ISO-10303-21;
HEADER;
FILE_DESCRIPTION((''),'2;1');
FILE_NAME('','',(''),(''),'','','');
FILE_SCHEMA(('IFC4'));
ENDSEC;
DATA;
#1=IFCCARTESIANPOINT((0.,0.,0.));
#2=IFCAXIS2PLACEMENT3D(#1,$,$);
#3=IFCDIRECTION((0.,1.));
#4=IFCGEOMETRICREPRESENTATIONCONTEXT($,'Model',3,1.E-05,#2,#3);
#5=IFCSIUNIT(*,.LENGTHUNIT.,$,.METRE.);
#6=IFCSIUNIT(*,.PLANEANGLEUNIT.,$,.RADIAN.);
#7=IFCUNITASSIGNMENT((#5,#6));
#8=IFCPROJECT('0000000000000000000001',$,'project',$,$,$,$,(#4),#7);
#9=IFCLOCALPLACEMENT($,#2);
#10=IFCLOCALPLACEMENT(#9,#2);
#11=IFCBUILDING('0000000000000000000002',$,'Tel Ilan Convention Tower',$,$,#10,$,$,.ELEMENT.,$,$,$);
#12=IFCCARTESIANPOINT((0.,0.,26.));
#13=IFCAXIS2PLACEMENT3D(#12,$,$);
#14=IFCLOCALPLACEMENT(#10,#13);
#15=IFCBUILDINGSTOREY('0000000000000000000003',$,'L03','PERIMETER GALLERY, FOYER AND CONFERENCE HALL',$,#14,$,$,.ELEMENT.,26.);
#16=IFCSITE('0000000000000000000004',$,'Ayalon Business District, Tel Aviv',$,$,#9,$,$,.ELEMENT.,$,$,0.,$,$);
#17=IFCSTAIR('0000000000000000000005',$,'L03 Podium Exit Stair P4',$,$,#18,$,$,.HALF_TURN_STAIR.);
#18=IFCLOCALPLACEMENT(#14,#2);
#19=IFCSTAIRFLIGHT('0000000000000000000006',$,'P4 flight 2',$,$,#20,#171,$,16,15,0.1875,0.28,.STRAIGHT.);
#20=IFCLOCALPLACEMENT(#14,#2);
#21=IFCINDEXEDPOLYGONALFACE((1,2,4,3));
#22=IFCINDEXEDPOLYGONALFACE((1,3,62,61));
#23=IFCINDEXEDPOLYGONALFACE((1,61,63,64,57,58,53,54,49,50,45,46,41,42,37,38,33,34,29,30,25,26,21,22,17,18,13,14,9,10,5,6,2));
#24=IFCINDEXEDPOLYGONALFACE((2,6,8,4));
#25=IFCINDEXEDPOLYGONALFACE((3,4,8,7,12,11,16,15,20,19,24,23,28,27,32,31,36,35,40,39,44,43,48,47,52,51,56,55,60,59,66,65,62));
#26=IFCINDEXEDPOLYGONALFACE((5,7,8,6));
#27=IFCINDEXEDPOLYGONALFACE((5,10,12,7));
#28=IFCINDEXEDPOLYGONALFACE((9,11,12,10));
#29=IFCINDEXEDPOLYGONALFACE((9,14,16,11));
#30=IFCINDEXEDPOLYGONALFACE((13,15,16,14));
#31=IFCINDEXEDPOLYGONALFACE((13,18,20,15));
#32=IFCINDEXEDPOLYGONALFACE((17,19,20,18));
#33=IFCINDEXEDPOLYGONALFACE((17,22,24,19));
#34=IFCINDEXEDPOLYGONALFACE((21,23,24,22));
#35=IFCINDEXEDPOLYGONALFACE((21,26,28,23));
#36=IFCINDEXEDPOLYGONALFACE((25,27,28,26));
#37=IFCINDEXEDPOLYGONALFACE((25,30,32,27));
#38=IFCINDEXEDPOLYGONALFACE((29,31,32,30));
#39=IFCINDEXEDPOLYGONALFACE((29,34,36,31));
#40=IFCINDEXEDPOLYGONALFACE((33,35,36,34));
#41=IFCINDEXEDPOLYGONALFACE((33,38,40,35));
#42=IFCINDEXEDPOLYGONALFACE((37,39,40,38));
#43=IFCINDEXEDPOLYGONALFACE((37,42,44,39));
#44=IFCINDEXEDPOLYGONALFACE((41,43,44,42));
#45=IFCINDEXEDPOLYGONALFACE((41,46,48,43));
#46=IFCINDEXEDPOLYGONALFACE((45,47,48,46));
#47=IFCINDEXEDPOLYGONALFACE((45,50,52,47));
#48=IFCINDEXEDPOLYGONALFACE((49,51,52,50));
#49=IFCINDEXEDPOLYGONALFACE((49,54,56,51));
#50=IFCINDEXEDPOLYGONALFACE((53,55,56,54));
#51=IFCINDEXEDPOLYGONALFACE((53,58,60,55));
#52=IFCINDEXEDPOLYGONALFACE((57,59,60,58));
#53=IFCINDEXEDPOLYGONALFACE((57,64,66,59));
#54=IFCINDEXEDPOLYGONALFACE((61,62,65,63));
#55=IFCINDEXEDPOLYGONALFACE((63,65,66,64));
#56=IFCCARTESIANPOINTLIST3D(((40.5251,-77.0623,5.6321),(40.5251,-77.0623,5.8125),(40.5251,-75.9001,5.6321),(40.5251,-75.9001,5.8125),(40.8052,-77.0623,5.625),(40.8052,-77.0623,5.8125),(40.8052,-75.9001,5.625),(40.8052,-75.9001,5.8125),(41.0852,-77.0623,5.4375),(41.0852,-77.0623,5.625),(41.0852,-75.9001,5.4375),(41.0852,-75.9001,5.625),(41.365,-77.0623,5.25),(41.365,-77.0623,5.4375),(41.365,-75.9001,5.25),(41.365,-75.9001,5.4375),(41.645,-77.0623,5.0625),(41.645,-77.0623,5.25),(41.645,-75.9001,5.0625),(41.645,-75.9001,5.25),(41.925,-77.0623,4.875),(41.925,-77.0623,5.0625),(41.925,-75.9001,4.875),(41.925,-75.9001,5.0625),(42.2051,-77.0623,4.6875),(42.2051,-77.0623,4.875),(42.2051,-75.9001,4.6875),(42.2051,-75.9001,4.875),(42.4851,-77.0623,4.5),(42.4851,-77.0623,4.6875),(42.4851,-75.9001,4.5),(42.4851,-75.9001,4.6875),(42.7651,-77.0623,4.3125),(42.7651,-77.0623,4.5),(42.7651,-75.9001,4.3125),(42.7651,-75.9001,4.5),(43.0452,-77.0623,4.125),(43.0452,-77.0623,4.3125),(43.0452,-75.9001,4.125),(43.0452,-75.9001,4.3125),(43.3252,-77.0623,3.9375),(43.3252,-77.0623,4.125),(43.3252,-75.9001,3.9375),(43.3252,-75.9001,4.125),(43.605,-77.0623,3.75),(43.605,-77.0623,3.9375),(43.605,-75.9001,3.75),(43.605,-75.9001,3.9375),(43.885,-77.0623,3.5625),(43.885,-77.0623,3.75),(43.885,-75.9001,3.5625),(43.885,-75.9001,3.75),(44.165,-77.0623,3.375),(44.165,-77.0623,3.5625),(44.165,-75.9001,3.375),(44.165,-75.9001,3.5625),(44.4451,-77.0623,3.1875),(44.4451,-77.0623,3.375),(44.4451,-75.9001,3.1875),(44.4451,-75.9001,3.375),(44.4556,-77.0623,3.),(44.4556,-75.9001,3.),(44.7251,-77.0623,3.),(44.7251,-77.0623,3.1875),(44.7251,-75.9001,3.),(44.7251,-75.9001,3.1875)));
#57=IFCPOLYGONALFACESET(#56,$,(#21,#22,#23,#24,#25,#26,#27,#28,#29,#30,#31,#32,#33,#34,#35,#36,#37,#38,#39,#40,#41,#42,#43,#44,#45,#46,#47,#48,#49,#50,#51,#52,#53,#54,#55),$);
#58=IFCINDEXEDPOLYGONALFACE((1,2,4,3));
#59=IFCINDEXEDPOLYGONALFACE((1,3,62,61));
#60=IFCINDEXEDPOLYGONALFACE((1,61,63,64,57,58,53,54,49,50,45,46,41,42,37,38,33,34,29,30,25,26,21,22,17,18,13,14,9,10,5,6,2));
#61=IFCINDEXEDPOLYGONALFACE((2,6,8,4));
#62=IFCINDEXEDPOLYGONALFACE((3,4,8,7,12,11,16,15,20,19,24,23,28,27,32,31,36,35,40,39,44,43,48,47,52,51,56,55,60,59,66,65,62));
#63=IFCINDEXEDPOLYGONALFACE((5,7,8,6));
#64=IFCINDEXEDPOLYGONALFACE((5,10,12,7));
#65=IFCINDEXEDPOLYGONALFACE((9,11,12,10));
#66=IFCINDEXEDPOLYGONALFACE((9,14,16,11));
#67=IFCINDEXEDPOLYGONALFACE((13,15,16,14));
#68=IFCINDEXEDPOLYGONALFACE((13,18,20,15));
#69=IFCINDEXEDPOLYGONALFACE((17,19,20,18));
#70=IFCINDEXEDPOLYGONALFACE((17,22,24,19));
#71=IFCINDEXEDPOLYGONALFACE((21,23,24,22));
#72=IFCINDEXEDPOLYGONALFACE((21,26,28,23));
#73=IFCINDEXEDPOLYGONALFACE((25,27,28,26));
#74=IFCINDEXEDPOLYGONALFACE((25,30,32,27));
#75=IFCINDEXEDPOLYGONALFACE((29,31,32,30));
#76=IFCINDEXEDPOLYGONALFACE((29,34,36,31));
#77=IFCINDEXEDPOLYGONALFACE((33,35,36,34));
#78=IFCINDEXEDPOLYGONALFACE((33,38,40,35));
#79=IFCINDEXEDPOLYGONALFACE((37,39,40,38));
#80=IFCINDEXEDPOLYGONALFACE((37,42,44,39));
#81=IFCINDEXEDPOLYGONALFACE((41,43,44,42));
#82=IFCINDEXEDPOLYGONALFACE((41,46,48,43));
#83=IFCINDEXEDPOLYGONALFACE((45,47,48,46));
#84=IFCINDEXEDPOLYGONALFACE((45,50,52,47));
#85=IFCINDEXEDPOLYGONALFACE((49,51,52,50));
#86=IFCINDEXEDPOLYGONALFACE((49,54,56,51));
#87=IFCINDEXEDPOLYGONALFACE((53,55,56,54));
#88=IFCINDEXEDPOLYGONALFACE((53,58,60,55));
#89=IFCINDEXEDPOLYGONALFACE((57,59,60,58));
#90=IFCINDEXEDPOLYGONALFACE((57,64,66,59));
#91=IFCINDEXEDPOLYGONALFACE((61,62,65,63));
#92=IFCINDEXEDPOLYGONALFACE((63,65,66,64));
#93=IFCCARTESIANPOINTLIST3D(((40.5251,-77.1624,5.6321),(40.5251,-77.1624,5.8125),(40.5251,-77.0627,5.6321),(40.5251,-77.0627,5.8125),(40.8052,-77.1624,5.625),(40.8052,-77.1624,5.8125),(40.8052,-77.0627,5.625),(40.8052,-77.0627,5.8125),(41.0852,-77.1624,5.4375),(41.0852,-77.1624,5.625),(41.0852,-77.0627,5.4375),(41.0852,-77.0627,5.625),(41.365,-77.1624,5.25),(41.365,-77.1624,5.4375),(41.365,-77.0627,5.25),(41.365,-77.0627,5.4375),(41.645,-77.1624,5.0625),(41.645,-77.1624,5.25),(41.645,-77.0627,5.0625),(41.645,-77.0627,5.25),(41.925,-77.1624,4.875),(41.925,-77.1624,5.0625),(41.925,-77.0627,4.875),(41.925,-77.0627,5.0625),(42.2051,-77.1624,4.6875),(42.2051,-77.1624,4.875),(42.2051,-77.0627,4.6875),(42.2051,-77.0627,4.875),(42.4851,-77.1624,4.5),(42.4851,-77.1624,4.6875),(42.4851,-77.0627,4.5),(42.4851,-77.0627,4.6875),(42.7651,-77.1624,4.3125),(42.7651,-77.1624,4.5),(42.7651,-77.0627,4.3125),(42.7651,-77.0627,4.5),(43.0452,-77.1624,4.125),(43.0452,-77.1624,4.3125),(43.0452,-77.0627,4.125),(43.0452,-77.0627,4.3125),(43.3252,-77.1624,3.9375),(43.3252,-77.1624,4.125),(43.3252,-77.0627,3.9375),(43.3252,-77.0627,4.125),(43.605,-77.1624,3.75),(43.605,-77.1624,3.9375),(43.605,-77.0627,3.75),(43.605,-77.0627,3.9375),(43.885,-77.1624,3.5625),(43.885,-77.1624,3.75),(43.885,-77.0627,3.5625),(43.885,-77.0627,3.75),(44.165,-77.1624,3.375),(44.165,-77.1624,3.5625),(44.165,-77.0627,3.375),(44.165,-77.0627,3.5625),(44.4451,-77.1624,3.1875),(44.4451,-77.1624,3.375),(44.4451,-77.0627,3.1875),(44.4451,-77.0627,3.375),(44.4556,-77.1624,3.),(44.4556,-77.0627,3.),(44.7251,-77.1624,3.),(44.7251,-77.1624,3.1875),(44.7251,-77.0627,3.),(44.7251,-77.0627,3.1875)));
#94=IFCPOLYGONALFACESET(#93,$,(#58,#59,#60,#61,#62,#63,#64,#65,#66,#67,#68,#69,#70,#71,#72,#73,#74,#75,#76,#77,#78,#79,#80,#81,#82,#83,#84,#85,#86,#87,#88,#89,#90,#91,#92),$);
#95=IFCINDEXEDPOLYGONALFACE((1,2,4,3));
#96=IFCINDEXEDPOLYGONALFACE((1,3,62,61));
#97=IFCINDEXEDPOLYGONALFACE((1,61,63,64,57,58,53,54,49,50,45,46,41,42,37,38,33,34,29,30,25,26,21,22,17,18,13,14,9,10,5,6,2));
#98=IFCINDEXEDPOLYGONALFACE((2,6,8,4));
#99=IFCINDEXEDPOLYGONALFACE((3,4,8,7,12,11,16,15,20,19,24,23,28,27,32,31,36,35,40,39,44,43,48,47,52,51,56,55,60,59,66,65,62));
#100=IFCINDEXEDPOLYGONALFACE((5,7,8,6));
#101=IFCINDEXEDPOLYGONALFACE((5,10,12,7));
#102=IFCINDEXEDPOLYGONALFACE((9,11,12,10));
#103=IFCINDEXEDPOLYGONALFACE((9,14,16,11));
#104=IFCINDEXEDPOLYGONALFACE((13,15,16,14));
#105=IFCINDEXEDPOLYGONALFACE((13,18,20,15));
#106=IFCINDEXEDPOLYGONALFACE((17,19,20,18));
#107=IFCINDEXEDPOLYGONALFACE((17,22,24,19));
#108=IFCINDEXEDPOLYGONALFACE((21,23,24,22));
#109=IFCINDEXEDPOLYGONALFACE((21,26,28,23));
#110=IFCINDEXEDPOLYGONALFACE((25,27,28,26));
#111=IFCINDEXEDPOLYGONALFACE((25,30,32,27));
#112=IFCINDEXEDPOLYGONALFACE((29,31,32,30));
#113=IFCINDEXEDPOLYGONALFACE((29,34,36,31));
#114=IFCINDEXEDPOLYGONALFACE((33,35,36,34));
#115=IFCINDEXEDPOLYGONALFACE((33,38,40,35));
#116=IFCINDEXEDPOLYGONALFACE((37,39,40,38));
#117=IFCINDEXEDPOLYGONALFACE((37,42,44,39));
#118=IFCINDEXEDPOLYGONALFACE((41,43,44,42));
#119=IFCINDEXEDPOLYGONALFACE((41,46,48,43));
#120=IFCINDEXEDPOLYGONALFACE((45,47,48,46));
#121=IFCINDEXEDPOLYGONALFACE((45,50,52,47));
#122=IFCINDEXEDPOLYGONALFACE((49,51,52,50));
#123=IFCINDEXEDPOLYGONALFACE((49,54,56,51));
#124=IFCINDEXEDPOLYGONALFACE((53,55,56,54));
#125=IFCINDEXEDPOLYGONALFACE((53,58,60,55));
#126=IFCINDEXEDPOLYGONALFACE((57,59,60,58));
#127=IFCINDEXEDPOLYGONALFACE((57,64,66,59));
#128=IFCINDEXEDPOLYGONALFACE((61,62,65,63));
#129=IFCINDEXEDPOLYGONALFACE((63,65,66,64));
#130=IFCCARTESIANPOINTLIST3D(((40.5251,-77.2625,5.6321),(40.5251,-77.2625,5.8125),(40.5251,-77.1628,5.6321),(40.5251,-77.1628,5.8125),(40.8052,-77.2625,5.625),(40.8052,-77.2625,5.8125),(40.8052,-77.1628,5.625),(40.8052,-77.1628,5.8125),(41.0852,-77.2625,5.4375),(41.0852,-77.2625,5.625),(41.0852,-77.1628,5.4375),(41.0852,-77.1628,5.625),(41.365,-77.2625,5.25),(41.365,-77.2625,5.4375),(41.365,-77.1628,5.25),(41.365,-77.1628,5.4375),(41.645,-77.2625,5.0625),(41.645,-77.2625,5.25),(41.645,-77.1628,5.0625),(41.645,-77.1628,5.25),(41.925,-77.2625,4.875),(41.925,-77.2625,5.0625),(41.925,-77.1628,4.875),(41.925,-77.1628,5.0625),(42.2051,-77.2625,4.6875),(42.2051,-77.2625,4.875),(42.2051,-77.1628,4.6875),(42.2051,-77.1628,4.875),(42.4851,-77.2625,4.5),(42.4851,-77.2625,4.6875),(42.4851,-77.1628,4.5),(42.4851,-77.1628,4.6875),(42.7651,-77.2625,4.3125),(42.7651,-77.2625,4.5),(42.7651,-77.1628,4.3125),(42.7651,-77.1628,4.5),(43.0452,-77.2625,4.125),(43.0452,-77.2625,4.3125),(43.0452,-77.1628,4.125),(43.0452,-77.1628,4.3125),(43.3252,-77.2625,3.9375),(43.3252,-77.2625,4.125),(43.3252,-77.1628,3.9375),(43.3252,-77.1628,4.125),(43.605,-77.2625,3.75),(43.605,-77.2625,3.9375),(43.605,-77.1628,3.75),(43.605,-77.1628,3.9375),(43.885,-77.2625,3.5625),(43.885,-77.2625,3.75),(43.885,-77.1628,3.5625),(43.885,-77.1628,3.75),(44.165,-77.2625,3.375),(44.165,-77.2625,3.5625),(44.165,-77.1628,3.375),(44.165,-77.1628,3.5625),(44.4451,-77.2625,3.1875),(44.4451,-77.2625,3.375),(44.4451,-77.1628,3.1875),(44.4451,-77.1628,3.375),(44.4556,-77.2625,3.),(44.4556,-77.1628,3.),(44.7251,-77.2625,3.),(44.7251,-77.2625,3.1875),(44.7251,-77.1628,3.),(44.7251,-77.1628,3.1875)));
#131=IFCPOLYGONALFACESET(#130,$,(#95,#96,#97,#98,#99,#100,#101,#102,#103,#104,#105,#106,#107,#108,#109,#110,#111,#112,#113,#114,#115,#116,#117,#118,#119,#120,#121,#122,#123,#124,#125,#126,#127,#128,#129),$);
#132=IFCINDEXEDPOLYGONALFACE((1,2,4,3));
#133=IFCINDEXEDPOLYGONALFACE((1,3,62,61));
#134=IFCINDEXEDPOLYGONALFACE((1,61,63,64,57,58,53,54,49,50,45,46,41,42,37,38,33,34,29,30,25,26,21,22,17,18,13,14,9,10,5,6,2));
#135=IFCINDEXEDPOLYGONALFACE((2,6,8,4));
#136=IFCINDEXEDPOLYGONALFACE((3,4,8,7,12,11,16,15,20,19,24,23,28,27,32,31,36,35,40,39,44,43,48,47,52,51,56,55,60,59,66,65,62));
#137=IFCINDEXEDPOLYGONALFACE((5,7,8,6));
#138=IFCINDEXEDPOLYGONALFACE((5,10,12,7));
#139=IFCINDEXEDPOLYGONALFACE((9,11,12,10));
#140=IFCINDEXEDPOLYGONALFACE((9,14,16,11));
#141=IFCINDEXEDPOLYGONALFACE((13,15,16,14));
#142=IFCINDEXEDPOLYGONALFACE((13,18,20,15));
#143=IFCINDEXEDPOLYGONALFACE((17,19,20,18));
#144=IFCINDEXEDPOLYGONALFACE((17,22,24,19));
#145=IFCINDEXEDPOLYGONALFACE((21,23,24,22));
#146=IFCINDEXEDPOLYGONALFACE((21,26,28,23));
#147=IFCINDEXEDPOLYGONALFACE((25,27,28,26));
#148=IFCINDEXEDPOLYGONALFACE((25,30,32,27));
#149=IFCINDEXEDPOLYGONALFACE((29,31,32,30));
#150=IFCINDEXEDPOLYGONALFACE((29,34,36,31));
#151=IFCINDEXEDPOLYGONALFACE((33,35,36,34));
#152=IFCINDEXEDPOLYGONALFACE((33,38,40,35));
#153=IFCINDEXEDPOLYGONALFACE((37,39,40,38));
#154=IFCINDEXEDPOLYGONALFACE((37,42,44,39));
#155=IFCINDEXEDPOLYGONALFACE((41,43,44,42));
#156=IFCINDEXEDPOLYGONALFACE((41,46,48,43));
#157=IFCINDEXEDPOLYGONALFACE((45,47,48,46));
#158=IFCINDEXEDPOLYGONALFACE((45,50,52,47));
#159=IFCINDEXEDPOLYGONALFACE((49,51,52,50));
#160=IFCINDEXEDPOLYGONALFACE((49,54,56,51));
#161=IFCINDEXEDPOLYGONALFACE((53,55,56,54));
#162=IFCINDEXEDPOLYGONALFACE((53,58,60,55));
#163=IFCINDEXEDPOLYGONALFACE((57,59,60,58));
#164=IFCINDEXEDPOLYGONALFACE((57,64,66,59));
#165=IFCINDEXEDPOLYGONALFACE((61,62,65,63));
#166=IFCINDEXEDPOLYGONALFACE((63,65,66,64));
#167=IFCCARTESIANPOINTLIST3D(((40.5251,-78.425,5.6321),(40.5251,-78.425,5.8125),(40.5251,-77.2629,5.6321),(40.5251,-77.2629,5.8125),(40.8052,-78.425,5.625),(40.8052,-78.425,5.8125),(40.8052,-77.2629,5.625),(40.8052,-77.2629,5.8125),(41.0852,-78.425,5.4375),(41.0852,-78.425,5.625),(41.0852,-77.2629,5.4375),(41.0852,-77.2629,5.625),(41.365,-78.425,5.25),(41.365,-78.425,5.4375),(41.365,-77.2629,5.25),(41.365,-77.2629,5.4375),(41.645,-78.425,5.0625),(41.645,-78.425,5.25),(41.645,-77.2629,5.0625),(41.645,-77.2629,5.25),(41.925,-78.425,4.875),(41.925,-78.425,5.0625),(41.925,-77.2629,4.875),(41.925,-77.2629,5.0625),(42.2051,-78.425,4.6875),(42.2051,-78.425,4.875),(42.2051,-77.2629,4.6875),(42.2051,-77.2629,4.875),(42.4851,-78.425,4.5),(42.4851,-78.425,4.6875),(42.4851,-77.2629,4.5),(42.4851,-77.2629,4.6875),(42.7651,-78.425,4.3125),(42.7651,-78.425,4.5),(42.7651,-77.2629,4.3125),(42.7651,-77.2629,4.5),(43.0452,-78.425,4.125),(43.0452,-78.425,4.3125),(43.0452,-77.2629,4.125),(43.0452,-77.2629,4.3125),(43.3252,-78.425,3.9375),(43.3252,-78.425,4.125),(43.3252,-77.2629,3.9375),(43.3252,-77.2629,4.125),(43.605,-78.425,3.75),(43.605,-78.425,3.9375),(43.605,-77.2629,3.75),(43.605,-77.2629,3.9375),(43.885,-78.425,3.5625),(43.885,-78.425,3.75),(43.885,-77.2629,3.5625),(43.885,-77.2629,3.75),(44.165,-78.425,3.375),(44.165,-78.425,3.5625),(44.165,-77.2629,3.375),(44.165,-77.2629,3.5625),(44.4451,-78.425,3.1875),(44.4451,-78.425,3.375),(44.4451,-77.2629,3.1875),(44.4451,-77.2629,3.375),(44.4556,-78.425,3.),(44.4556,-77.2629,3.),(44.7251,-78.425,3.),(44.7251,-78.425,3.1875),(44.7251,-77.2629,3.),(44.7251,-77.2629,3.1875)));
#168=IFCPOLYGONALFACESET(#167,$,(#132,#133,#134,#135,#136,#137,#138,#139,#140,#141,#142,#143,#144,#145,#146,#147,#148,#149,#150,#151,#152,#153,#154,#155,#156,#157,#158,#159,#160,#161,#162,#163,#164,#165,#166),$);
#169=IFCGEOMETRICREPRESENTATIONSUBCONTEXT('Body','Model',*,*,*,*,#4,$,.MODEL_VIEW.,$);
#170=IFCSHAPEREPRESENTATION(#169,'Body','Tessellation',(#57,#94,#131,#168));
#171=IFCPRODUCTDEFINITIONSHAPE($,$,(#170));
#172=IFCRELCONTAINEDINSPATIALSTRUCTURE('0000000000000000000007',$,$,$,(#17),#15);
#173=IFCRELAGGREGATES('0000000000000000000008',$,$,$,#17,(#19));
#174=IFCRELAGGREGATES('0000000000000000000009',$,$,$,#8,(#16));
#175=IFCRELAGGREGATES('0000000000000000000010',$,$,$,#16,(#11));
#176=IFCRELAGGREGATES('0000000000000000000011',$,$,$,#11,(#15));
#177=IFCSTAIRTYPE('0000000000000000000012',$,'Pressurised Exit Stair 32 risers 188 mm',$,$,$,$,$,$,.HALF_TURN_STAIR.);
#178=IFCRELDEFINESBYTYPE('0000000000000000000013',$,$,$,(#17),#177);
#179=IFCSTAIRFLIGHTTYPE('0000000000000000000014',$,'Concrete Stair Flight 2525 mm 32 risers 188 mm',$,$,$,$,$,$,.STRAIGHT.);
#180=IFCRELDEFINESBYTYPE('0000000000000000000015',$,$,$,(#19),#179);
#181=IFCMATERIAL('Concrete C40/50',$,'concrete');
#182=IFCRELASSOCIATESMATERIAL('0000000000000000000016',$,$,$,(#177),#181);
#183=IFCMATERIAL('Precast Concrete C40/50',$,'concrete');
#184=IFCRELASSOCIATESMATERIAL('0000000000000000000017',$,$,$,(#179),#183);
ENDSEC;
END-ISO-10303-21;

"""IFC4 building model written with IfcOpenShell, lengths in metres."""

from ifc_helpers import new_model, si_unit, direction, frame, origin, place, context, subcontext, project, spatial, polyline, outline, extrude, material, type_object, element, aggregate, save


model = new_model("IFC4")

# Units and contexts
model_context = context("Model", 3, precision=1e-05, world=origin(), true_north=direction((0.0, 1.0)))
body_context = subcontext(model_context, "Body", "Model", "MODEL_VIEW")
ifc_project = project(units=[si_unit("LENGTHUNIT", "METRE"), si_unit("PLANEANGLEUNIT", "RADIAN")], contexts=[model_context])

# Site, building, storey
site_placement = place(None, origin())
site = spatial("IfcSite", under=ifc_project, at=site_placement, Name="Ayalon Business District, Tel Aviv", CompositionType="ELEMENT", RefElevation=0.0)
building_placement = place(site_placement, origin())
building = spatial("IfcBuilding", under=site, at=building_placement, Name="Tel Ilan Convention Tower", CompositionType="ELEMENT")
storey_placement = place(building_placement, frame((0.0, 0.0, 26.0)))
storey = spatial("IfcBuildingStorey", under=building, at=storey_placement, Name="L03", Description="PERIMETER GALLERY, FOYER AND CONFERENCE HALL", CompositionType="ELEMENT", Elevation=26.0)

# Stair, stair flight
ifc_material_1 = material(Name="Concrete C40/50", Category="concrete")
stair_type = type_object("IfcStairType", Name="Pressurised Exit Stair 32 risers 188 mm", PredefinedType="HALF_TURN_STAIR", material=ifc_material_1)
stair_placement = place(storey_placement, origin())
stair = element("IfcStair", 1, at=stair_placement, inside=storey, type_object=stair_type, Name="L03 Podium Exit Stair P4", PredefinedType="HALF_TURN_STAIR")
ifc_material_2 = material(Name="Precast Concrete C40/50", Category="concrete")
stair_flight_type = type_object("IfcStairFlightType", Name="Concrete Stair Flight 2525 mm 32 risers 188 mm", PredefinedType="STRAIGHT", material=ifc_material_2)
stair_flight_1_placement = place(storey_placement, frame((44.7251, -77.1626, 3.0), z_axis=(0.0, 0.0, 1.0), x_axis=(-1.0, 0.0, 0.0)))
stair_flight_1 = element("IfcStairFlight", 2, at=stair_flight_1_placement, type_object=stair_flight_type, Name="P4 flight 2", NumberOfRisers=16, NumberOfTreads=15, PredefinedType="STRAIGHT", RiserHeight=0.1875, TreadLength=0.28, context=body_context, shape_type="SweptSolid", body=[
    extrude(outline(polyline([(0.0, 0.0), (0.0, 0.1875), (0.28, 0.1875), (0.28, 0.375), (0.5601, 0.375), (0.5601, 0.5625), (0.8401, 0.5625), (0.8401, 0.75), (1.1201, 0.75), (1.1201, 0.9375), (1.3999, 0.9375), (1.3999, 1.125), (1.6799, 1.125), (1.6799, 1.3125), (1.96, 1.3125), (1.96, 1.5), (2.24, 1.5), (2.24, 1.6875), (2.52, 1.6875), (2.52, 1.875), (2.8, 1.875), (2.8, 2.0625), (3.0801, 2.0625), (3.0801, 2.25), (3.3601, 2.25), (3.3601, 2.4375), (3.6399, 2.4375), (3.6399, 2.625), (3.9199, 2.625), (3.9199, 2.8125), (4.2, 2.8125), (4.2, 3.0), (4.2, 2.6321), (0.2695, 0.0), (0.0, 0.0)])), frame((0.0, -0.1003, 0.0), z_axis=(0.0, -1.0, 0.0), x_axis=(1.0, 0.0, 0.0)), (0.0, 0.0, 1.0), 1.1621),
    extrude(outline(polyline([(0.0, 0.0), (0.0, 0.1875), (0.28, 0.1875), (0.28, 0.375), (0.5601, 0.375), (0.5601, 0.5625), (0.8401, 0.5625), (0.8401, 0.75), (1.1201, 0.75), (1.1201, 0.9375), (1.3999, 0.9375), (1.3999, 1.125), (1.6799, 1.125), (1.6799, 1.3125), (1.96, 1.3125), (1.96, 1.5), (2.24, 1.5), (2.24, 1.6875), (2.52, 1.6875), (2.52, 1.875), (2.8, 1.875), (2.8, 2.0625), (3.0801, 2.0625), (3.0801, 2.25), (3.3601, 2.25), (3.3601, 2.4375), (3.6399, 2.4375), (3.6399, 2.625), (3.9199, 2.625), (3.9199, 2.8125), (4.2, 2.8125), (4.2, 3.0), (4.2, 2.6321), (0.2695, 0.0), (0.0, 0.0)])), frame((0.0, -0.0002, 0.0), z_axis=(0.0, -1.0, 0.0), x_axis=(1.0, 0.0, 0.0)), (0.0, 0.0, 1.0), 0.0996),
    extrude(outline(polyline([(0.0, 0.0), (0.0, 0.1875), (0.28, 0.1875), (0.28, 0.375), (0.5601, 0.375), (0.5601, 0.5625), (0.8401, 0.5625), (0.8401, 0.75), (1.1201, 0.75), (1.1201, 0.9375), (1.3999, 0.9375), (1.3999, 1.125), (1.6799, 1.125), (1.6799, 1.3125), (1.96, 1.3125), (1.96, 1.5), (2.24, 1.5), (2.24, 1.6875), (2.52, 1.6875), (2.52, 1.875), (2.8, 1.875), (2.8, 2.0625), (3.0801, 2.0625), (3.0801, 2.25), (3.3601, 2.25), (3.3601, 2.4375), (3.6399, 2.4375), (3.6399, 2.625), (3.9199, 2.625), (3.9199, 2.8125), (4.2, 2.8125), (4.2, 3.0), (4.2, 2.6321), (0.2695, 0.0), (0.0, 0.0)])), frame((0.0, 0.0999, 0.0), z_axis=(0.0, -1.0, 0.0), x_axis=(1.0, 0.0, 0.0)), (0.0, 0.0, 1.0), 0.0996),
    extrude(outline(polyline([(0.0, 0.0), (0.0, 0.1875), (0.28, 0.1875), (0.28, 0.375), (0.5601, 0.375), (0.5601, 0.5625), (0.8401, 0.5625), (0.8401, 0.75), (1.1201, 0.75), (1.1201, 0.9375), (1.3999, 0.9375), (1.3999, 1.125), (1.6799, 1.125), (1.6799, 1.3125), (1.96, 1.3125), (1.96, 1.5), (2.24, 1.5), (2.24, 1.6875), (2.52, 1.6875), (2.52, 1.875), (2.8, 1.875), (2.8, 2.0625), (3.0801, 2.0625), (3.0801, 2.25), (3.3601, 2.25), (3.3601, 2.4375), (3.6399, 2.4375), (3.6399, 2.625), (3.9199, 2.625), (3.9199, 2.8125), (4.2, 2.8125), (4.2, 3.0), (4.2, 2.6321), (0.2695, 0.0), (0.0, 0.0)])), frame((0.0, 1.2625, 0.0), z_axis=(0.0, -1.0, 0.0), x_axis=(1.0, 0.0, 0.0)), (0.0, 0.0, 1.0), 1.1621),
])
aggregate(stair, [stair_flight_1])

save(model, "model.ifc")
